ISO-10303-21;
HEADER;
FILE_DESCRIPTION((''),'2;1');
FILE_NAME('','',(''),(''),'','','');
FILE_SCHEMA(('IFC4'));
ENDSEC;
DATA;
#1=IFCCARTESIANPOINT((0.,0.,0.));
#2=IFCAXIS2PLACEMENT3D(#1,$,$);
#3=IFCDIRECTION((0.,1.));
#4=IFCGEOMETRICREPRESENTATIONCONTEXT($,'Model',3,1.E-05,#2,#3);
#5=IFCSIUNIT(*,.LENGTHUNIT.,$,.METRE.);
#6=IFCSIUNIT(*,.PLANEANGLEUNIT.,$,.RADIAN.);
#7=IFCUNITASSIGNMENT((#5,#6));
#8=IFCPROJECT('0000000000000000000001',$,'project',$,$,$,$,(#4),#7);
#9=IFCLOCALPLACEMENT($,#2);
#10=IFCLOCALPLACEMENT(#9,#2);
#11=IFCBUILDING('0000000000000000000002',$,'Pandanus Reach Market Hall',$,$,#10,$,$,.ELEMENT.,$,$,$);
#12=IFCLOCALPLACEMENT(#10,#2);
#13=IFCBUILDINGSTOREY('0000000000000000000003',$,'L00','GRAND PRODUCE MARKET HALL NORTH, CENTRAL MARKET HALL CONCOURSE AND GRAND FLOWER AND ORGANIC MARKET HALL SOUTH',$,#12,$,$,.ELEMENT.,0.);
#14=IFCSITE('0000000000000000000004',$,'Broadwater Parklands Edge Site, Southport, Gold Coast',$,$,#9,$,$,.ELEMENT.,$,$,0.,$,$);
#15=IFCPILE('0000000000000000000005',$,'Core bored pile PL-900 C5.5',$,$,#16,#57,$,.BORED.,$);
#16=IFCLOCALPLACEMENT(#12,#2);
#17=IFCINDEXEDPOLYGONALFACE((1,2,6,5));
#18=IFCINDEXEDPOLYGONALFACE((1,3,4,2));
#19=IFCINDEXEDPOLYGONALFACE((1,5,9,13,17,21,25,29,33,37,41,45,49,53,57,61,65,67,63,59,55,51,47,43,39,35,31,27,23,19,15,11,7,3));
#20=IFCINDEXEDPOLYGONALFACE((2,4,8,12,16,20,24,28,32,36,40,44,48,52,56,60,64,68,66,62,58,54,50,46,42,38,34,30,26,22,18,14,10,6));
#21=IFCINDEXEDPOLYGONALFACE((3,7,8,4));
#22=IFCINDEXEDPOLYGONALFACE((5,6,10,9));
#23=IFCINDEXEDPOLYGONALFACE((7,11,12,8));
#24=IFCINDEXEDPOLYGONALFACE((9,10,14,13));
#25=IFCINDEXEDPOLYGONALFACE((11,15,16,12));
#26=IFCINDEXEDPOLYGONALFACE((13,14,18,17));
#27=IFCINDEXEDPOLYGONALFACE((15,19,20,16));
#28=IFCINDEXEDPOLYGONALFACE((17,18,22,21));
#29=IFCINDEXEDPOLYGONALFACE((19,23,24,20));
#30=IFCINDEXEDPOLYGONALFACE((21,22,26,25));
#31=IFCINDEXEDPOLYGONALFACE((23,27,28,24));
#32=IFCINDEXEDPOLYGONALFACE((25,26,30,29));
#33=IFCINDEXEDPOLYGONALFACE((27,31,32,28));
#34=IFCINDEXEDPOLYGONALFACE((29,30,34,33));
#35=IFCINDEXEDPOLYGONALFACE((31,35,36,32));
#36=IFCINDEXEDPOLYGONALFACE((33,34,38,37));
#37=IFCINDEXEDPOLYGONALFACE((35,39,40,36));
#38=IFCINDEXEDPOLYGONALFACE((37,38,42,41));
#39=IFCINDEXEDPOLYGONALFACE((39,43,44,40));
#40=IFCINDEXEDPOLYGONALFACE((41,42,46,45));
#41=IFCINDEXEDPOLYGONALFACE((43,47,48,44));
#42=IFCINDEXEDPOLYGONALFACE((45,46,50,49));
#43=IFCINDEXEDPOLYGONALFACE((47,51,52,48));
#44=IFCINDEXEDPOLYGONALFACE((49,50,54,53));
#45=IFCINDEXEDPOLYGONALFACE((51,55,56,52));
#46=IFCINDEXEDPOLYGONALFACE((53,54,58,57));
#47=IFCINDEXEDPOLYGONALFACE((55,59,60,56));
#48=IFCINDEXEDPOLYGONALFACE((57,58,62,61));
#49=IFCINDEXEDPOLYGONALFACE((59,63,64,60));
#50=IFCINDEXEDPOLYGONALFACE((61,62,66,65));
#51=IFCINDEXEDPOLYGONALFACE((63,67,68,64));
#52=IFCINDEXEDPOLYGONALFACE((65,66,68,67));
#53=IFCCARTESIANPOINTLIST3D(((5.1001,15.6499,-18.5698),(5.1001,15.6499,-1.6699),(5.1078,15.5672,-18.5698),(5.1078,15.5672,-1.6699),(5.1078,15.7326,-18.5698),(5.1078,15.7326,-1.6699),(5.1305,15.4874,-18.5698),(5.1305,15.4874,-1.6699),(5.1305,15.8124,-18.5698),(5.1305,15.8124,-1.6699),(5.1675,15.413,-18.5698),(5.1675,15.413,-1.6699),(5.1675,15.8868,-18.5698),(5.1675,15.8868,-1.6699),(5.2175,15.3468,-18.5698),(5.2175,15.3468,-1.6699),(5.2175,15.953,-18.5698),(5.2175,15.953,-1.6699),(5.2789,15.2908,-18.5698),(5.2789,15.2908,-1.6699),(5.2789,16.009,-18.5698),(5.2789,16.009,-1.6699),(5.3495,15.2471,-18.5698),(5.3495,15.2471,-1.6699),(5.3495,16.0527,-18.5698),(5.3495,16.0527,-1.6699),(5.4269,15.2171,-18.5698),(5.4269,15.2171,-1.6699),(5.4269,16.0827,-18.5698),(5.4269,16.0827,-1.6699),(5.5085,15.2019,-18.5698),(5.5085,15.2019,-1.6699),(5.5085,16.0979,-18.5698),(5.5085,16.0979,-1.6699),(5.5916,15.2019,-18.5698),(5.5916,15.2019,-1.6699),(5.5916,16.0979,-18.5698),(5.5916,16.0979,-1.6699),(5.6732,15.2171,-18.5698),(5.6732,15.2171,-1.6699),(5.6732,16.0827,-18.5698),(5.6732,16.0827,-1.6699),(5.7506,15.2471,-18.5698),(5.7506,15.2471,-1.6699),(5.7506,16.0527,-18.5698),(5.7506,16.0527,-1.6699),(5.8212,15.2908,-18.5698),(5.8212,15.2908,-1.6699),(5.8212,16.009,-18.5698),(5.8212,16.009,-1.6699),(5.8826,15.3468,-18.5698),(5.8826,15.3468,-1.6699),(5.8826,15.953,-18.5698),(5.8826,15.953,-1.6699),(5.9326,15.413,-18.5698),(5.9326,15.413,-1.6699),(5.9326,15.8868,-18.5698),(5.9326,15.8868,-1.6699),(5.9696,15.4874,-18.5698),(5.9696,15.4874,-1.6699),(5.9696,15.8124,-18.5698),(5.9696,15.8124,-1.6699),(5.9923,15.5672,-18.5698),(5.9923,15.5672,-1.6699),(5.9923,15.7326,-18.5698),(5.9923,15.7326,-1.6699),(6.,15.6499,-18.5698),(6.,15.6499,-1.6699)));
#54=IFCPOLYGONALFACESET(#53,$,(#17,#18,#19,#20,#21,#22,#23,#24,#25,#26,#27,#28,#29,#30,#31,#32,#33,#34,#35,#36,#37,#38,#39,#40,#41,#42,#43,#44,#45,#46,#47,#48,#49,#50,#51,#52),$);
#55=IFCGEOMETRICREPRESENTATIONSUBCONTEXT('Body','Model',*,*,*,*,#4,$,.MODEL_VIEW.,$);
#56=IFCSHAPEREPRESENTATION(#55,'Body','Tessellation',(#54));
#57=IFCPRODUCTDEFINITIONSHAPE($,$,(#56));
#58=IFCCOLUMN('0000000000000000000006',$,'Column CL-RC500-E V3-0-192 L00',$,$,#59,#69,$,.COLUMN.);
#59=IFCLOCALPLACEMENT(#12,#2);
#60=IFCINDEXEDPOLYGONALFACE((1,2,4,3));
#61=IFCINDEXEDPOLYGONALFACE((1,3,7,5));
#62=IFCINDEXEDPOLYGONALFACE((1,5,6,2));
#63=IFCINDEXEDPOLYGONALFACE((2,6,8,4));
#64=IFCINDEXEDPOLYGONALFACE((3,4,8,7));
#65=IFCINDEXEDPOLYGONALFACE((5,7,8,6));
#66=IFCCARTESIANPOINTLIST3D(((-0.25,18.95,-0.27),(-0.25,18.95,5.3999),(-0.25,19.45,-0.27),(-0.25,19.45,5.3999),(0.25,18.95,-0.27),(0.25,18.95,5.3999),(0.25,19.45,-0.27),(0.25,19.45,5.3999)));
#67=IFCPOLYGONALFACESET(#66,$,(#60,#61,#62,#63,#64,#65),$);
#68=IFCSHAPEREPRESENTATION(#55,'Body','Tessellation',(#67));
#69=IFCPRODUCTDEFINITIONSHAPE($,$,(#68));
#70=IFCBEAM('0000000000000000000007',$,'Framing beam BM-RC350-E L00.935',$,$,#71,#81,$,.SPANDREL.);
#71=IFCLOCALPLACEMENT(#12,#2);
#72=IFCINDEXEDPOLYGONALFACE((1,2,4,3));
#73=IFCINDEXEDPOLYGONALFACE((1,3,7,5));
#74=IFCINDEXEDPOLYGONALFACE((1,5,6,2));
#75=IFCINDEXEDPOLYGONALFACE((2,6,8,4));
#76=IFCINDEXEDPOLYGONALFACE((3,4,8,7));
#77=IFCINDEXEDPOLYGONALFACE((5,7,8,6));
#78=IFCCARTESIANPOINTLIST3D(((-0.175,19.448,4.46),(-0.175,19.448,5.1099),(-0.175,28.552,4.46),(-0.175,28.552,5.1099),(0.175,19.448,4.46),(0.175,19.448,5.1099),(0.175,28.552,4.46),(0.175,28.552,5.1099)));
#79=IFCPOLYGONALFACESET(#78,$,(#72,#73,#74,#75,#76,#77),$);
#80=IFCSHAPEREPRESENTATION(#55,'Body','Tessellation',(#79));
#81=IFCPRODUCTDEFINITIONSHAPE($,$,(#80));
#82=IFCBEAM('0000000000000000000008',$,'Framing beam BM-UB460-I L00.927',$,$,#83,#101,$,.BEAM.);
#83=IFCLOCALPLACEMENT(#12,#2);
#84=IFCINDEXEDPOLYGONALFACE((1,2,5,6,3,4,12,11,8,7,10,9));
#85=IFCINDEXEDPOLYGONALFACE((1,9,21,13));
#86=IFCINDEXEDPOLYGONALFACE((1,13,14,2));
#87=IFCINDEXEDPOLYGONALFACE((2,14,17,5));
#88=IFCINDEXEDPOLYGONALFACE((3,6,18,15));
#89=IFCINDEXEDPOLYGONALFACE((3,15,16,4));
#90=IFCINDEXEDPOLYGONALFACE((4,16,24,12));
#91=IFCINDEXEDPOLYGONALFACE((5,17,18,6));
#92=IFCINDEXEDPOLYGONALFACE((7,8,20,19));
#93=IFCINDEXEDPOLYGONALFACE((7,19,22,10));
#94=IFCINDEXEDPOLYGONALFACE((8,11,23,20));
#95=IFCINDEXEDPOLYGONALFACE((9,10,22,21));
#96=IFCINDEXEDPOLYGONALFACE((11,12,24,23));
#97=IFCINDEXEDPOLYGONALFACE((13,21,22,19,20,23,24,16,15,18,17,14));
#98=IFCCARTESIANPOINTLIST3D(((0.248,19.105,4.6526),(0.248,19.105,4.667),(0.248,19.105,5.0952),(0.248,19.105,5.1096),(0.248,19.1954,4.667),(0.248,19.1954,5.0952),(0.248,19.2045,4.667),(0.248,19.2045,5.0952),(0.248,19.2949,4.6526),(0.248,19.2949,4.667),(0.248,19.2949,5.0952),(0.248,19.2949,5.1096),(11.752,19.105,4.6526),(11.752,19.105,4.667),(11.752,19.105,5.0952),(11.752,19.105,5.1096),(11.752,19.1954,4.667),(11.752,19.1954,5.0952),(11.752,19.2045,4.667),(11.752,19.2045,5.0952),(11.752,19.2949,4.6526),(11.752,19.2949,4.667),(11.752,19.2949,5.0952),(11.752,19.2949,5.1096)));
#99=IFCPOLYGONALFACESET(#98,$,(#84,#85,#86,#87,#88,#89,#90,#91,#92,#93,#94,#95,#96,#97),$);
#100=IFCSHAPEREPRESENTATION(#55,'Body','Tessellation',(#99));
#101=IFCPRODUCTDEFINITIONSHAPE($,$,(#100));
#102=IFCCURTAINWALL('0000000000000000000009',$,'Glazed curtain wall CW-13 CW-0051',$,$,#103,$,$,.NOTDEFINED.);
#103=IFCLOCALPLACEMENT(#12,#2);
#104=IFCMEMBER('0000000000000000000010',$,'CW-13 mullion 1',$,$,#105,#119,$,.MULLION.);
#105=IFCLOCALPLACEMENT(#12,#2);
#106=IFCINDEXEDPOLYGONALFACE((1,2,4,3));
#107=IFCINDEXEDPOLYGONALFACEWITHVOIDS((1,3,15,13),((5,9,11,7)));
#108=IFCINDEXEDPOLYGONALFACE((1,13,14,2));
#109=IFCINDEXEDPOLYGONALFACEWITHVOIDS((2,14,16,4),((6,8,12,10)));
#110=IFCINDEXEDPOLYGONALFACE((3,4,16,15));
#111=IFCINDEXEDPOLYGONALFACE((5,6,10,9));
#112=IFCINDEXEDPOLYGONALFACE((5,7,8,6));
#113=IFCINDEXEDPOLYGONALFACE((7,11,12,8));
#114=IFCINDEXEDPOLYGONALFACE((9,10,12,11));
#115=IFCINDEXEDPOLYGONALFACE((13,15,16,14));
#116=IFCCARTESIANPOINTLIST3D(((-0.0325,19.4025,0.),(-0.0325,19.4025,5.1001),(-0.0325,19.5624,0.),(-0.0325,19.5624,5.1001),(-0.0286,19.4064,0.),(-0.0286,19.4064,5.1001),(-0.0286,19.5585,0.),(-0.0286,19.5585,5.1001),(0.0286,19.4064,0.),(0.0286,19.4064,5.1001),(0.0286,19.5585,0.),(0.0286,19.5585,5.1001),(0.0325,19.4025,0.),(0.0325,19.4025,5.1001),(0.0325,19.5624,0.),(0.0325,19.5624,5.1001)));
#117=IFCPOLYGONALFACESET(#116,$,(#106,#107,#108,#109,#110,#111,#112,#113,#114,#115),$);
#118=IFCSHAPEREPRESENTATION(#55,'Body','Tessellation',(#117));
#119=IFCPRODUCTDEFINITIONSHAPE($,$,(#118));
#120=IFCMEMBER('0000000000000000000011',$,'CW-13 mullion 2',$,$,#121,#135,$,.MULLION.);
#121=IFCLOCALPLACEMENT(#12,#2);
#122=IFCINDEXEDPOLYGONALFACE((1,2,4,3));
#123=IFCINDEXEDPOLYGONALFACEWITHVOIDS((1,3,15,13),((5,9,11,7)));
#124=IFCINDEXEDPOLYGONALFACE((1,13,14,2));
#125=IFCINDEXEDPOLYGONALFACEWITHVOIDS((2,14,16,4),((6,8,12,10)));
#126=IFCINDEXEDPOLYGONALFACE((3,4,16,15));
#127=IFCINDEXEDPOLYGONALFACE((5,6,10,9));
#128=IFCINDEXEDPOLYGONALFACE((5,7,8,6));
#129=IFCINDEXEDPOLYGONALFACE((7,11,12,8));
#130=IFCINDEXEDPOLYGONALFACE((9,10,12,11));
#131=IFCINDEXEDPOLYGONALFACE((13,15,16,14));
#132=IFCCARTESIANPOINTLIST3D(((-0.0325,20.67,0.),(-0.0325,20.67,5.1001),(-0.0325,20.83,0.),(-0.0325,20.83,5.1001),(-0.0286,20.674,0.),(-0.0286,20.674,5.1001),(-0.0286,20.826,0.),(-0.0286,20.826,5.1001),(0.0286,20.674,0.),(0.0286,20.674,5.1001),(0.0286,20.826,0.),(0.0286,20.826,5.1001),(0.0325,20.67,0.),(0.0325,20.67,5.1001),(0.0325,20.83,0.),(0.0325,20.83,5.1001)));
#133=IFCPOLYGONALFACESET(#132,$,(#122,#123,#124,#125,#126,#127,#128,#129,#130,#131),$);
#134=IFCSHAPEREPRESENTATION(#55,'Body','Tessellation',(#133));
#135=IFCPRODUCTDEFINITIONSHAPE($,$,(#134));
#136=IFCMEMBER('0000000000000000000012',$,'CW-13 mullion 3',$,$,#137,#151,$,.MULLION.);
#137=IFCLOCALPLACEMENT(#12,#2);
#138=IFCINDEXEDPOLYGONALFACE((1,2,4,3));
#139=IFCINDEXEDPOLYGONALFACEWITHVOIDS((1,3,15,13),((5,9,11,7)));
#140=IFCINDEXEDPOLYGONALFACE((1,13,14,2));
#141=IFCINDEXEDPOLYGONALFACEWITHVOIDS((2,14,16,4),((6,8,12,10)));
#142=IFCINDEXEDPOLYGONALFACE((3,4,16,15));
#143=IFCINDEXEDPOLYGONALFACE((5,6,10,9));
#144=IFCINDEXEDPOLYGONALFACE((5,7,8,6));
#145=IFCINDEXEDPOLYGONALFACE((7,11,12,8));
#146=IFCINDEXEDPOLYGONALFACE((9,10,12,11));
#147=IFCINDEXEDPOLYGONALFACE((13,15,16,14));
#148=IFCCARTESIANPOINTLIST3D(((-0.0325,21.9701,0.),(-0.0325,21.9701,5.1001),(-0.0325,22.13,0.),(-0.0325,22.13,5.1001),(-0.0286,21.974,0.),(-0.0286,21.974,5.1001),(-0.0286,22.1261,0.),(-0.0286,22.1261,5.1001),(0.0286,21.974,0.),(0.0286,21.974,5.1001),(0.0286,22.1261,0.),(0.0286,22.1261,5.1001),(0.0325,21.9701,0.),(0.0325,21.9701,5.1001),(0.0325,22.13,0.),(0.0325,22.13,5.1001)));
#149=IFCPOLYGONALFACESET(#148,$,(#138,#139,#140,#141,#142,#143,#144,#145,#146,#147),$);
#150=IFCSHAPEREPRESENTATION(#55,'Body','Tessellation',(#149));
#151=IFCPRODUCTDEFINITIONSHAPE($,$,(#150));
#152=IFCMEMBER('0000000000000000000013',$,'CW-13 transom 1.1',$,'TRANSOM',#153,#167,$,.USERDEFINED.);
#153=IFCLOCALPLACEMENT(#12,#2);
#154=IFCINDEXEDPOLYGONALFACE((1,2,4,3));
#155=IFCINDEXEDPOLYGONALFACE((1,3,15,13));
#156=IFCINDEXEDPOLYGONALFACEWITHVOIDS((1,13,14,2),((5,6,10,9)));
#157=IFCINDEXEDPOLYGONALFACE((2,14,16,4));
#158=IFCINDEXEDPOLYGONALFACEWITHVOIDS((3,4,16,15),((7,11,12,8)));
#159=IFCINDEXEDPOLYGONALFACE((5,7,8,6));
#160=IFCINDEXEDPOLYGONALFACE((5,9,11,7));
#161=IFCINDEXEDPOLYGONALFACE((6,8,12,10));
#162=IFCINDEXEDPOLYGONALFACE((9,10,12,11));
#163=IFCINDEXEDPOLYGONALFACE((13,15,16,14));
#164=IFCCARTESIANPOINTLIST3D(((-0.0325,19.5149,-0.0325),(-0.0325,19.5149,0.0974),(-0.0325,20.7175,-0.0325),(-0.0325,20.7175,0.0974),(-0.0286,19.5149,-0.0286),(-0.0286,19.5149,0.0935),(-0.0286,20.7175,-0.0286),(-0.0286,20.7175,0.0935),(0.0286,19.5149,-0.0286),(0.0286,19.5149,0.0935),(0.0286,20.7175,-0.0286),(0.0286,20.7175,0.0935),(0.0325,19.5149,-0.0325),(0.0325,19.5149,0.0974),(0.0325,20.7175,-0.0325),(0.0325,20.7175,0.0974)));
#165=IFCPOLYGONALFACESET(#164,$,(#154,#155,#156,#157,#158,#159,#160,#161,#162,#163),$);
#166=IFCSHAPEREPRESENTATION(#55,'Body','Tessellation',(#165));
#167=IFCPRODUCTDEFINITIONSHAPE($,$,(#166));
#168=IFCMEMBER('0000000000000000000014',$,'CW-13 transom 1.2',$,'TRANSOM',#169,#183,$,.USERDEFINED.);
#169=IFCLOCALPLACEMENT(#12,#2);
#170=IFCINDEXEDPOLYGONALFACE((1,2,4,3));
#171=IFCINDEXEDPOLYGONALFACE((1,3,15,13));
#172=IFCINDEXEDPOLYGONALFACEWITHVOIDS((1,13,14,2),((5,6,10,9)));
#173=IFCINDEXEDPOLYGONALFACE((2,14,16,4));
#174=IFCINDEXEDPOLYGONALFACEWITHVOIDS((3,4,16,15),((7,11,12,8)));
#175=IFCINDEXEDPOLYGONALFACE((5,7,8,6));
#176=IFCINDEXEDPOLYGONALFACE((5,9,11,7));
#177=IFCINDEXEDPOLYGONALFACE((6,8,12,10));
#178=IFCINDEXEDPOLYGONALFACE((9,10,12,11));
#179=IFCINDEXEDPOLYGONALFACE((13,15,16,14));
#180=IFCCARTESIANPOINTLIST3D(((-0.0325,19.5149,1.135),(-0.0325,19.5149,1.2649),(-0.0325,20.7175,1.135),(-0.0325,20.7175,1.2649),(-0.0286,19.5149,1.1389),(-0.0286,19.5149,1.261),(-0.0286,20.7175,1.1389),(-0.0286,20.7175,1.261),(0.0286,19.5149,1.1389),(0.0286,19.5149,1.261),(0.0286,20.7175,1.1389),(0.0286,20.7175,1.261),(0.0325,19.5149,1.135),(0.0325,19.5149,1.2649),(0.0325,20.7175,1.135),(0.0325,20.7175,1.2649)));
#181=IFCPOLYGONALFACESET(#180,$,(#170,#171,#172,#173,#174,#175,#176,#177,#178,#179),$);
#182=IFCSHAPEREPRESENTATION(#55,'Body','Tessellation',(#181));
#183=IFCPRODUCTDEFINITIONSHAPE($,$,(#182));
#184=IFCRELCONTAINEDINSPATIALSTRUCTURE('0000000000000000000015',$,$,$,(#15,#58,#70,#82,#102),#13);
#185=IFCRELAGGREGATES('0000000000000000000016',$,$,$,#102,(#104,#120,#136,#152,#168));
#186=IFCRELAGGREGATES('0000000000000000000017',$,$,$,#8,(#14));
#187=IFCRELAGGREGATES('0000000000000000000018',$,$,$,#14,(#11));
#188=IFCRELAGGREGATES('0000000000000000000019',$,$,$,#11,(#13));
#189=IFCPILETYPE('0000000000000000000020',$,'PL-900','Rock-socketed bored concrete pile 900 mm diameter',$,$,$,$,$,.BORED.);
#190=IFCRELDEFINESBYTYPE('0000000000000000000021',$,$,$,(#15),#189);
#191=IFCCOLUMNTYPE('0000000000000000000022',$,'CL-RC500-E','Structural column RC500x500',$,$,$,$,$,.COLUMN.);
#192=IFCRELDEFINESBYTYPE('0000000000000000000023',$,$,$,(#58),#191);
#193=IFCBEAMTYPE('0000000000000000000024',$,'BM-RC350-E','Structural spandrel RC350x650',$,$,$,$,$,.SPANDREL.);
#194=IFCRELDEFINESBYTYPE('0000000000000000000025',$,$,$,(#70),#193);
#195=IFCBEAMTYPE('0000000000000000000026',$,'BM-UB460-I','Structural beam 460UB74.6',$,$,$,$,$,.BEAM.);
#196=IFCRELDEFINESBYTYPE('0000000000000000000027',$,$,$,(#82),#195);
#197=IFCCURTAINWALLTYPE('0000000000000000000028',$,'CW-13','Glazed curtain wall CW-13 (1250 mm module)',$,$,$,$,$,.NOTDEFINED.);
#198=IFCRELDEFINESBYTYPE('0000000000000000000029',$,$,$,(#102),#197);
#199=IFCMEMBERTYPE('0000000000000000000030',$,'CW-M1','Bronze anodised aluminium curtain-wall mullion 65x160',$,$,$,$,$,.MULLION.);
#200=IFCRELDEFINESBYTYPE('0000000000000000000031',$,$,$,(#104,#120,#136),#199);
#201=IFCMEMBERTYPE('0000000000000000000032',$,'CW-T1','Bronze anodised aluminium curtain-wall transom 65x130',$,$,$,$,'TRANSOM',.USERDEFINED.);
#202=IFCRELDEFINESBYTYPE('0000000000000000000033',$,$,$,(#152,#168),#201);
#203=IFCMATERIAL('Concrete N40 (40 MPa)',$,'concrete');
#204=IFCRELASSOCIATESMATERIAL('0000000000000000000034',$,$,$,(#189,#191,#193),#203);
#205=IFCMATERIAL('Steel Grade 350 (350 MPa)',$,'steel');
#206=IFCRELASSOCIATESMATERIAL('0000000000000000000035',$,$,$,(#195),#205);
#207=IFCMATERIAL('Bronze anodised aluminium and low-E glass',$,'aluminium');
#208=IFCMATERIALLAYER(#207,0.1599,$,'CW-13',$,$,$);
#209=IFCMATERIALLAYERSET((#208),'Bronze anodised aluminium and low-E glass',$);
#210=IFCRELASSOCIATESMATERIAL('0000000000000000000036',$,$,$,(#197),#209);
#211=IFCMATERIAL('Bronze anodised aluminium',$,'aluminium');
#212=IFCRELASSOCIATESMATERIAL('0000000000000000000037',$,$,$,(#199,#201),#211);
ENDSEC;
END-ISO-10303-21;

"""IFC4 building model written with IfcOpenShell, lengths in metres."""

from ifc_helpers import new_model, si_unit, direction, frame, origin, origin_2d, place, context, subcontext, project, spatial, rectangle, hollow_rectangle, circle, i_section, extrude, material, layer, layer_set, material_profile, profile_set, type_object, element, aggregate, save


model = new_model("IFC4")

# Units and contexts
model_context = context("Model", 3, precision=1e-05, world=origin(), true_north=direction((0.0, 1.0)))
body_context = subcontext(model_context, "Body", "Model", "MODEL_VIEW")
ifc_project = project(units=[si_unit("LENGTHUNIT", "METRE"), si_unit("PLANEANGLEUNIT", "RADIAN")], contexts=[model_context])

# Site, building, storey
site_placement = place(None, origin())
site = spatial("IfcSite", under=ifc_project, at=site_placement, Name="Broadwater Parklands Edge Site, Southport, Gold Coast", CompositionType="ELEMENT", RefElevation=0.0)
building_placement = place(site_placement, origin())
building = spatial("IfcBuilding", under=site, at=building_placement, Name="Pandanus Reach Market Hall", CompositionType="ELEMENT")
storey_placement = place(building_placement, origin())
storey = spatial("IfcBuildingStorey", under=building, at=storey_placement, Name="L00", Description="GRAND PRODUCE MARKET HALL NORTH, CENTRAL MARKET HALL CONCOURSE AND GRAND FLOWER AND ORGANIC MARKET HALL SOUTH", CompositionType="ELEMENT", Elevation=0.0)

# Shared definitions
ifc_material_1 = material(Name="Concrete N40 (40 MPa)", Category="concrete")

# Pile
ifc_material_profile_1 = material_profile(ifc_material_1, circle(Radius=0.45, at=origin_2d()), Name="PILE-900D", Category="LoadBearing")
ifc_profile_set_1 = profile_set([ifc_material_profile_1], Name="Concrete N40 (40 MPa)")
pile_type_1 = type_object("IfcPileType", Name="PL-900", Description="Rock-socketed bored concrete pile 900 mm diameter", PredefinedType="BORED", material=ifc_profile_set_1)
pile_placement = place(storey_placement, frame((5.55, 15.6499, -1.6699), z_axis=(0.0, 0.0, -1.0), x_axis=(1.0, 0.0, 0.0)))
element("IfcPile", 1, at=pile_placement, inside=storey, type_object=pile_type_1, Name="Core bored pile PL-900 C5.5", PredefinedType="BORED", context=body_context, shape_type="SweptSolid", body=[
    extrude(circle(Radius=0.45, at=origin_2d()), origin(), (0.0, 0.0, 1.0), 16.8999),
])

# Column
ifc_material_profile_2 = material_profile(ifc_material_1, rectangle(XDim=0.5, YDim=0.5, at=origin_2d()), Name="RC500x500", Category="LoadBearing")
ifc_profile_set_2 = profile_set([ifc_material_profile_2], Name="Concrete N40 (40 MPa)")
column_type = type_object("IfcColumnType", Name="CL-RC500-E", Description="Structural column RC500x500", PredefinedType="COLUMN", material=ifc_profile_set_2)
column_placement = place(storey_placement, frame((0.0, 19.2, -0.27), z_axis=(0.0, 0.0, 1.0), x_axis=(1.0, 0.0, 0.0)))
element("IfcColumn", 2, at=column_placement, inside=storey, type_object=column_type, Name="Column CL-RC500-E V3-0-192 L00", PredefinedType="COLUMN", context=body_context, shape_type="SweptSolid", body=[
    extrude(rectangle(XDim=0.5, YDim=0.5, at=origin_2d()), origin(), (0.0, 0.0, 1.0), 5.6699),
])

# Beams
ifc_material_profile_3 = material_profile(ifc_material_1, rectangle(XDim=0.3501, YDim=0.6499, at=origin_2d()), Name="RC350x650", Category="LoadBearing")
ifc_profile_set_3 = profile_set([ifc_material_profile_3], Name="Concrete N40 (40 MPa)")
beam_type_1 = type_object("IfcBeamType", Name="BM-RC350-E", Description="Structural spandrel RC350x650", PredefinedType="SPANDREL", material=ifc_profile_set_3)
beam_1_placement = place(storey_placement, frame((0.0, 19.448, 4.7849), z_axis=(0.0, 1.0, 0.0), x_axis=(-1.0, 0.0, 0.0)))
element("IfcBeam", 3, at=beam_1_placement, inside=storey, type_object=beam_type_1, Name="Framing beam BM-RC350-E L00.935", PredefinedType="SPANDREL", context=body_context, shape_type="SweptSolid", body=[
    extrude(rectangle(XDim=0.3501, YDim=0.6499, at=origin_2d()), origin(), (0.0, 0.0, 1.0), 9.104),
])
ifc_material_2 = material(Name="Steel Grade 350 (350 MPa)", Category="steel")
ifc_material_profile_4 = material_profile(ifc_material_2, i_section(OverallWidth=0.1899, OverallDepth=0.457, WebThickness=0.009, FlangeThickness=0.0144, at=origin_2d()), Name="460UB74.6", Category="LoadBearing")
ifc_profile_set_4 = profile_set([ifc_material_profile_4], Name="Steel Grade 350 (350 MPa)")
beam_type_2 = type_object("IfcBeamType", Name="BM-UB460-I", Description="Structural beam 460UB74.6", PredefinedType="BEAM", material=ifc_profile_set_4)
beam_2_placement = place(storey_placement, frame((0.248, 19.2, 4.8811), z_axis=(1.0, 0.0, 0.0), x_axis=(0.0, 1.0, 0.0)))
element("IfcBeam", 4, at=beam_2_placement, inside=storey, type_object=beam_type_2, Name="Framing beam BM-UB460-I L00.927", PredefinedType="BEAM", context=body_context, shape_type="SweptSolid", body=[
    extrude(i_section(OverallWidth=0.1899, OverallDepth=0.457, WebThickness=0.009, FlangeThickness=0.0144, at=origin_2d()), origin(), (0.0, 0.0, 1.0), 11.5039),
])

# Curtain wall, members
ifc_material_3 = material(Name="Bronze anodised aluminium and low-E glass", Category="aluminium")
ifc_layer_1 = layer(ifc_material_3, 0.1599, Name="CW-13")
ifc_layer_set_1 = layer_set([ifc_layer_1], Name="Bronze anodised aluminium and low-E glass")
curtain_wall_type = type_object("IfcCurtainWallType", Name="CW-13", Description="Glazed curtain wall CW-13 (1250 mm module)", PredefinedType="NOTDEFINED", material=ifc_layer_set_1)
curtain_wall_placement = place(storey_placement, origin())
curtain_wall = element("IfcCurtainWall", 5, at=curtain_wall_placement, inside=storey, type_object=curtain_wall_type, Name="Glazed curtain wall CW-13 CW-0051", PredefinedType="NOTDEFINED")
ifc_material_4 = material(Name="Bronze anodised aluminium", Category="aluminium")
ifc_material_profile_5 = material_profile(ifc_material_4, hollow_rectangle(XDim=0.0649, YDim=0.1599, WallThickness=0.0039, at=origin_2d()), Name="ALU65x160", Category="LoadBearing")
ifc_profile_set_5 = profile_set([ifc_material_profile_5], Name="Bronze anodised aluminium")
member_type_1 = type_object("IfcMemberType", Name="CW-M1", Description="Bronze anodised aluminium curtain-wall mullion 65x160", PredefinedType="MULLION", material=ifc_profile_set_5)
member_1_placement = place(storey_placement, frame((0.0, 19.4824, 0.0), z_axis=(0.0, 0.0, 1.0), x_axis=(-1.0, 0.0, 0.0)))
member_1 = element("IfcMember", 6, at=member_1_placement, type_object=member_type_1, Name="CW-13 mullion 1", PredefinedType="MULLION", context=body_context, shape_type="SweptSolid", body=[
    extrude(hollow_rectangle(XDim=0.0649, YDim=0.1599, WallThickness=0.0039, at=origin_2d()), origin(), (0.0, 0.0, 1.0), 5.1001),
])
member_2_placement = place(storey_placement, frame((0.0, 20.75, 0.0), z_axis=(0.0, 0.0, 1.0), x_axis=(-1.0, 0.0, 0.0)))
member_2 = element("IfcMember", 7, at=member_2_placement, type_object=member_type_1, Name="CW-13 mullion 2", PredefinedType="MULLION", context=body_context, shape_type="SweptSolid", body=[
    extrude(hollow_rectangle(XDim=0.0649, YDim=0.1599, WallThickness=0.0039, at=origin_2d()), origin(), (0.0, 0.0, 1.0), 5.1001),
])
member_3_placement = place(storey_placement, frame((0.0, 22.05, 0.0), z_axis=(0.0, 0.0, 1.0), x_axis=(-1.0, 0.0, 0.0)))
member_3 = element("IfcMember", 8, at=member_3_placement, type_object=member_type_1, Name="CW-13 mullion 3", PredefinedType="MULLION", context=body_context, shape_type="SweptSolid", body=[
    extrude(hollow_rectangle(XDim=0.0649, YDim=0.1599, WallThickness=0.0039, at=origin_2d()), origin(), (0.0, 0.0, 1.0), 5.1001),
])
ifc_material_profile_6 = material_profile(ifc_material_4, hollow_rectangle(XDim=0.0649, YDim=0.1299, WallThickness=0.0039, at=origin_2d()), Name="ALU65x130", Category="LoadBearing")
ifc_profile_set_6 = profile_set([ifc_material_profile_6], Name="Bronze anodised aluminium")
member_type_2 = type_object("IfcMemberType", Name="CW-T1", Description="Bronze anodised aluminium curtain-wall transom 65x130", ElementType="TRANSOM", PredefinedType="USERDEFINED", material=ifc_profile_set_6)
member_4_placement = place(storey_placement, frame((0.0, 19.5149, 0.0325), z_axis=(0.0, 1.0, 0.0), x_axis=(-1.0, 0.0, 0.0)))
member_4 = element("IfcMember", 9, at=member_4_placement, type_object=member_type_2, Name="CW-13 transom 1.1", ObjectType="TRANSOM", PredefinedType="USERDEFINED", context=body_context, shape_type="SweptSolid", body=[
    extrude(hollow_rectangle(XDim=0.0649, YDim=0.1299, WallThickness=0.0039, at=origin_2d()), origin(), (0.0, 0.0, 1.0), 1.2026),
])
member_5_placement = place(storey_placement, frame((0.0, 19.5149, 1.2), z_axis=(0.0, 1.0, 0.0), x_axis=(-1.0, 0.0, 0.0)))
member_5 = element("IfcMember", 10, at=member_5_placement, type_object=member_type_2, Name="CW-13 transom 1.2", ObjectType="TRANSOM", PredefinedType="USERDEFINED", context=body_context, shape_type="SweptSolid", body=[
    extrude(hollow_rectangle(XDim=0.0649, YDim=0.1299, WallThickness=0.0039, at=origin_2d()), origin(), (0.0, 0.0, 1.0), 1.2026),
])

aggregate(curtain_wall, [member_1, member_2, member_3, member_4, member_5])

save(model, "model.ifc")
